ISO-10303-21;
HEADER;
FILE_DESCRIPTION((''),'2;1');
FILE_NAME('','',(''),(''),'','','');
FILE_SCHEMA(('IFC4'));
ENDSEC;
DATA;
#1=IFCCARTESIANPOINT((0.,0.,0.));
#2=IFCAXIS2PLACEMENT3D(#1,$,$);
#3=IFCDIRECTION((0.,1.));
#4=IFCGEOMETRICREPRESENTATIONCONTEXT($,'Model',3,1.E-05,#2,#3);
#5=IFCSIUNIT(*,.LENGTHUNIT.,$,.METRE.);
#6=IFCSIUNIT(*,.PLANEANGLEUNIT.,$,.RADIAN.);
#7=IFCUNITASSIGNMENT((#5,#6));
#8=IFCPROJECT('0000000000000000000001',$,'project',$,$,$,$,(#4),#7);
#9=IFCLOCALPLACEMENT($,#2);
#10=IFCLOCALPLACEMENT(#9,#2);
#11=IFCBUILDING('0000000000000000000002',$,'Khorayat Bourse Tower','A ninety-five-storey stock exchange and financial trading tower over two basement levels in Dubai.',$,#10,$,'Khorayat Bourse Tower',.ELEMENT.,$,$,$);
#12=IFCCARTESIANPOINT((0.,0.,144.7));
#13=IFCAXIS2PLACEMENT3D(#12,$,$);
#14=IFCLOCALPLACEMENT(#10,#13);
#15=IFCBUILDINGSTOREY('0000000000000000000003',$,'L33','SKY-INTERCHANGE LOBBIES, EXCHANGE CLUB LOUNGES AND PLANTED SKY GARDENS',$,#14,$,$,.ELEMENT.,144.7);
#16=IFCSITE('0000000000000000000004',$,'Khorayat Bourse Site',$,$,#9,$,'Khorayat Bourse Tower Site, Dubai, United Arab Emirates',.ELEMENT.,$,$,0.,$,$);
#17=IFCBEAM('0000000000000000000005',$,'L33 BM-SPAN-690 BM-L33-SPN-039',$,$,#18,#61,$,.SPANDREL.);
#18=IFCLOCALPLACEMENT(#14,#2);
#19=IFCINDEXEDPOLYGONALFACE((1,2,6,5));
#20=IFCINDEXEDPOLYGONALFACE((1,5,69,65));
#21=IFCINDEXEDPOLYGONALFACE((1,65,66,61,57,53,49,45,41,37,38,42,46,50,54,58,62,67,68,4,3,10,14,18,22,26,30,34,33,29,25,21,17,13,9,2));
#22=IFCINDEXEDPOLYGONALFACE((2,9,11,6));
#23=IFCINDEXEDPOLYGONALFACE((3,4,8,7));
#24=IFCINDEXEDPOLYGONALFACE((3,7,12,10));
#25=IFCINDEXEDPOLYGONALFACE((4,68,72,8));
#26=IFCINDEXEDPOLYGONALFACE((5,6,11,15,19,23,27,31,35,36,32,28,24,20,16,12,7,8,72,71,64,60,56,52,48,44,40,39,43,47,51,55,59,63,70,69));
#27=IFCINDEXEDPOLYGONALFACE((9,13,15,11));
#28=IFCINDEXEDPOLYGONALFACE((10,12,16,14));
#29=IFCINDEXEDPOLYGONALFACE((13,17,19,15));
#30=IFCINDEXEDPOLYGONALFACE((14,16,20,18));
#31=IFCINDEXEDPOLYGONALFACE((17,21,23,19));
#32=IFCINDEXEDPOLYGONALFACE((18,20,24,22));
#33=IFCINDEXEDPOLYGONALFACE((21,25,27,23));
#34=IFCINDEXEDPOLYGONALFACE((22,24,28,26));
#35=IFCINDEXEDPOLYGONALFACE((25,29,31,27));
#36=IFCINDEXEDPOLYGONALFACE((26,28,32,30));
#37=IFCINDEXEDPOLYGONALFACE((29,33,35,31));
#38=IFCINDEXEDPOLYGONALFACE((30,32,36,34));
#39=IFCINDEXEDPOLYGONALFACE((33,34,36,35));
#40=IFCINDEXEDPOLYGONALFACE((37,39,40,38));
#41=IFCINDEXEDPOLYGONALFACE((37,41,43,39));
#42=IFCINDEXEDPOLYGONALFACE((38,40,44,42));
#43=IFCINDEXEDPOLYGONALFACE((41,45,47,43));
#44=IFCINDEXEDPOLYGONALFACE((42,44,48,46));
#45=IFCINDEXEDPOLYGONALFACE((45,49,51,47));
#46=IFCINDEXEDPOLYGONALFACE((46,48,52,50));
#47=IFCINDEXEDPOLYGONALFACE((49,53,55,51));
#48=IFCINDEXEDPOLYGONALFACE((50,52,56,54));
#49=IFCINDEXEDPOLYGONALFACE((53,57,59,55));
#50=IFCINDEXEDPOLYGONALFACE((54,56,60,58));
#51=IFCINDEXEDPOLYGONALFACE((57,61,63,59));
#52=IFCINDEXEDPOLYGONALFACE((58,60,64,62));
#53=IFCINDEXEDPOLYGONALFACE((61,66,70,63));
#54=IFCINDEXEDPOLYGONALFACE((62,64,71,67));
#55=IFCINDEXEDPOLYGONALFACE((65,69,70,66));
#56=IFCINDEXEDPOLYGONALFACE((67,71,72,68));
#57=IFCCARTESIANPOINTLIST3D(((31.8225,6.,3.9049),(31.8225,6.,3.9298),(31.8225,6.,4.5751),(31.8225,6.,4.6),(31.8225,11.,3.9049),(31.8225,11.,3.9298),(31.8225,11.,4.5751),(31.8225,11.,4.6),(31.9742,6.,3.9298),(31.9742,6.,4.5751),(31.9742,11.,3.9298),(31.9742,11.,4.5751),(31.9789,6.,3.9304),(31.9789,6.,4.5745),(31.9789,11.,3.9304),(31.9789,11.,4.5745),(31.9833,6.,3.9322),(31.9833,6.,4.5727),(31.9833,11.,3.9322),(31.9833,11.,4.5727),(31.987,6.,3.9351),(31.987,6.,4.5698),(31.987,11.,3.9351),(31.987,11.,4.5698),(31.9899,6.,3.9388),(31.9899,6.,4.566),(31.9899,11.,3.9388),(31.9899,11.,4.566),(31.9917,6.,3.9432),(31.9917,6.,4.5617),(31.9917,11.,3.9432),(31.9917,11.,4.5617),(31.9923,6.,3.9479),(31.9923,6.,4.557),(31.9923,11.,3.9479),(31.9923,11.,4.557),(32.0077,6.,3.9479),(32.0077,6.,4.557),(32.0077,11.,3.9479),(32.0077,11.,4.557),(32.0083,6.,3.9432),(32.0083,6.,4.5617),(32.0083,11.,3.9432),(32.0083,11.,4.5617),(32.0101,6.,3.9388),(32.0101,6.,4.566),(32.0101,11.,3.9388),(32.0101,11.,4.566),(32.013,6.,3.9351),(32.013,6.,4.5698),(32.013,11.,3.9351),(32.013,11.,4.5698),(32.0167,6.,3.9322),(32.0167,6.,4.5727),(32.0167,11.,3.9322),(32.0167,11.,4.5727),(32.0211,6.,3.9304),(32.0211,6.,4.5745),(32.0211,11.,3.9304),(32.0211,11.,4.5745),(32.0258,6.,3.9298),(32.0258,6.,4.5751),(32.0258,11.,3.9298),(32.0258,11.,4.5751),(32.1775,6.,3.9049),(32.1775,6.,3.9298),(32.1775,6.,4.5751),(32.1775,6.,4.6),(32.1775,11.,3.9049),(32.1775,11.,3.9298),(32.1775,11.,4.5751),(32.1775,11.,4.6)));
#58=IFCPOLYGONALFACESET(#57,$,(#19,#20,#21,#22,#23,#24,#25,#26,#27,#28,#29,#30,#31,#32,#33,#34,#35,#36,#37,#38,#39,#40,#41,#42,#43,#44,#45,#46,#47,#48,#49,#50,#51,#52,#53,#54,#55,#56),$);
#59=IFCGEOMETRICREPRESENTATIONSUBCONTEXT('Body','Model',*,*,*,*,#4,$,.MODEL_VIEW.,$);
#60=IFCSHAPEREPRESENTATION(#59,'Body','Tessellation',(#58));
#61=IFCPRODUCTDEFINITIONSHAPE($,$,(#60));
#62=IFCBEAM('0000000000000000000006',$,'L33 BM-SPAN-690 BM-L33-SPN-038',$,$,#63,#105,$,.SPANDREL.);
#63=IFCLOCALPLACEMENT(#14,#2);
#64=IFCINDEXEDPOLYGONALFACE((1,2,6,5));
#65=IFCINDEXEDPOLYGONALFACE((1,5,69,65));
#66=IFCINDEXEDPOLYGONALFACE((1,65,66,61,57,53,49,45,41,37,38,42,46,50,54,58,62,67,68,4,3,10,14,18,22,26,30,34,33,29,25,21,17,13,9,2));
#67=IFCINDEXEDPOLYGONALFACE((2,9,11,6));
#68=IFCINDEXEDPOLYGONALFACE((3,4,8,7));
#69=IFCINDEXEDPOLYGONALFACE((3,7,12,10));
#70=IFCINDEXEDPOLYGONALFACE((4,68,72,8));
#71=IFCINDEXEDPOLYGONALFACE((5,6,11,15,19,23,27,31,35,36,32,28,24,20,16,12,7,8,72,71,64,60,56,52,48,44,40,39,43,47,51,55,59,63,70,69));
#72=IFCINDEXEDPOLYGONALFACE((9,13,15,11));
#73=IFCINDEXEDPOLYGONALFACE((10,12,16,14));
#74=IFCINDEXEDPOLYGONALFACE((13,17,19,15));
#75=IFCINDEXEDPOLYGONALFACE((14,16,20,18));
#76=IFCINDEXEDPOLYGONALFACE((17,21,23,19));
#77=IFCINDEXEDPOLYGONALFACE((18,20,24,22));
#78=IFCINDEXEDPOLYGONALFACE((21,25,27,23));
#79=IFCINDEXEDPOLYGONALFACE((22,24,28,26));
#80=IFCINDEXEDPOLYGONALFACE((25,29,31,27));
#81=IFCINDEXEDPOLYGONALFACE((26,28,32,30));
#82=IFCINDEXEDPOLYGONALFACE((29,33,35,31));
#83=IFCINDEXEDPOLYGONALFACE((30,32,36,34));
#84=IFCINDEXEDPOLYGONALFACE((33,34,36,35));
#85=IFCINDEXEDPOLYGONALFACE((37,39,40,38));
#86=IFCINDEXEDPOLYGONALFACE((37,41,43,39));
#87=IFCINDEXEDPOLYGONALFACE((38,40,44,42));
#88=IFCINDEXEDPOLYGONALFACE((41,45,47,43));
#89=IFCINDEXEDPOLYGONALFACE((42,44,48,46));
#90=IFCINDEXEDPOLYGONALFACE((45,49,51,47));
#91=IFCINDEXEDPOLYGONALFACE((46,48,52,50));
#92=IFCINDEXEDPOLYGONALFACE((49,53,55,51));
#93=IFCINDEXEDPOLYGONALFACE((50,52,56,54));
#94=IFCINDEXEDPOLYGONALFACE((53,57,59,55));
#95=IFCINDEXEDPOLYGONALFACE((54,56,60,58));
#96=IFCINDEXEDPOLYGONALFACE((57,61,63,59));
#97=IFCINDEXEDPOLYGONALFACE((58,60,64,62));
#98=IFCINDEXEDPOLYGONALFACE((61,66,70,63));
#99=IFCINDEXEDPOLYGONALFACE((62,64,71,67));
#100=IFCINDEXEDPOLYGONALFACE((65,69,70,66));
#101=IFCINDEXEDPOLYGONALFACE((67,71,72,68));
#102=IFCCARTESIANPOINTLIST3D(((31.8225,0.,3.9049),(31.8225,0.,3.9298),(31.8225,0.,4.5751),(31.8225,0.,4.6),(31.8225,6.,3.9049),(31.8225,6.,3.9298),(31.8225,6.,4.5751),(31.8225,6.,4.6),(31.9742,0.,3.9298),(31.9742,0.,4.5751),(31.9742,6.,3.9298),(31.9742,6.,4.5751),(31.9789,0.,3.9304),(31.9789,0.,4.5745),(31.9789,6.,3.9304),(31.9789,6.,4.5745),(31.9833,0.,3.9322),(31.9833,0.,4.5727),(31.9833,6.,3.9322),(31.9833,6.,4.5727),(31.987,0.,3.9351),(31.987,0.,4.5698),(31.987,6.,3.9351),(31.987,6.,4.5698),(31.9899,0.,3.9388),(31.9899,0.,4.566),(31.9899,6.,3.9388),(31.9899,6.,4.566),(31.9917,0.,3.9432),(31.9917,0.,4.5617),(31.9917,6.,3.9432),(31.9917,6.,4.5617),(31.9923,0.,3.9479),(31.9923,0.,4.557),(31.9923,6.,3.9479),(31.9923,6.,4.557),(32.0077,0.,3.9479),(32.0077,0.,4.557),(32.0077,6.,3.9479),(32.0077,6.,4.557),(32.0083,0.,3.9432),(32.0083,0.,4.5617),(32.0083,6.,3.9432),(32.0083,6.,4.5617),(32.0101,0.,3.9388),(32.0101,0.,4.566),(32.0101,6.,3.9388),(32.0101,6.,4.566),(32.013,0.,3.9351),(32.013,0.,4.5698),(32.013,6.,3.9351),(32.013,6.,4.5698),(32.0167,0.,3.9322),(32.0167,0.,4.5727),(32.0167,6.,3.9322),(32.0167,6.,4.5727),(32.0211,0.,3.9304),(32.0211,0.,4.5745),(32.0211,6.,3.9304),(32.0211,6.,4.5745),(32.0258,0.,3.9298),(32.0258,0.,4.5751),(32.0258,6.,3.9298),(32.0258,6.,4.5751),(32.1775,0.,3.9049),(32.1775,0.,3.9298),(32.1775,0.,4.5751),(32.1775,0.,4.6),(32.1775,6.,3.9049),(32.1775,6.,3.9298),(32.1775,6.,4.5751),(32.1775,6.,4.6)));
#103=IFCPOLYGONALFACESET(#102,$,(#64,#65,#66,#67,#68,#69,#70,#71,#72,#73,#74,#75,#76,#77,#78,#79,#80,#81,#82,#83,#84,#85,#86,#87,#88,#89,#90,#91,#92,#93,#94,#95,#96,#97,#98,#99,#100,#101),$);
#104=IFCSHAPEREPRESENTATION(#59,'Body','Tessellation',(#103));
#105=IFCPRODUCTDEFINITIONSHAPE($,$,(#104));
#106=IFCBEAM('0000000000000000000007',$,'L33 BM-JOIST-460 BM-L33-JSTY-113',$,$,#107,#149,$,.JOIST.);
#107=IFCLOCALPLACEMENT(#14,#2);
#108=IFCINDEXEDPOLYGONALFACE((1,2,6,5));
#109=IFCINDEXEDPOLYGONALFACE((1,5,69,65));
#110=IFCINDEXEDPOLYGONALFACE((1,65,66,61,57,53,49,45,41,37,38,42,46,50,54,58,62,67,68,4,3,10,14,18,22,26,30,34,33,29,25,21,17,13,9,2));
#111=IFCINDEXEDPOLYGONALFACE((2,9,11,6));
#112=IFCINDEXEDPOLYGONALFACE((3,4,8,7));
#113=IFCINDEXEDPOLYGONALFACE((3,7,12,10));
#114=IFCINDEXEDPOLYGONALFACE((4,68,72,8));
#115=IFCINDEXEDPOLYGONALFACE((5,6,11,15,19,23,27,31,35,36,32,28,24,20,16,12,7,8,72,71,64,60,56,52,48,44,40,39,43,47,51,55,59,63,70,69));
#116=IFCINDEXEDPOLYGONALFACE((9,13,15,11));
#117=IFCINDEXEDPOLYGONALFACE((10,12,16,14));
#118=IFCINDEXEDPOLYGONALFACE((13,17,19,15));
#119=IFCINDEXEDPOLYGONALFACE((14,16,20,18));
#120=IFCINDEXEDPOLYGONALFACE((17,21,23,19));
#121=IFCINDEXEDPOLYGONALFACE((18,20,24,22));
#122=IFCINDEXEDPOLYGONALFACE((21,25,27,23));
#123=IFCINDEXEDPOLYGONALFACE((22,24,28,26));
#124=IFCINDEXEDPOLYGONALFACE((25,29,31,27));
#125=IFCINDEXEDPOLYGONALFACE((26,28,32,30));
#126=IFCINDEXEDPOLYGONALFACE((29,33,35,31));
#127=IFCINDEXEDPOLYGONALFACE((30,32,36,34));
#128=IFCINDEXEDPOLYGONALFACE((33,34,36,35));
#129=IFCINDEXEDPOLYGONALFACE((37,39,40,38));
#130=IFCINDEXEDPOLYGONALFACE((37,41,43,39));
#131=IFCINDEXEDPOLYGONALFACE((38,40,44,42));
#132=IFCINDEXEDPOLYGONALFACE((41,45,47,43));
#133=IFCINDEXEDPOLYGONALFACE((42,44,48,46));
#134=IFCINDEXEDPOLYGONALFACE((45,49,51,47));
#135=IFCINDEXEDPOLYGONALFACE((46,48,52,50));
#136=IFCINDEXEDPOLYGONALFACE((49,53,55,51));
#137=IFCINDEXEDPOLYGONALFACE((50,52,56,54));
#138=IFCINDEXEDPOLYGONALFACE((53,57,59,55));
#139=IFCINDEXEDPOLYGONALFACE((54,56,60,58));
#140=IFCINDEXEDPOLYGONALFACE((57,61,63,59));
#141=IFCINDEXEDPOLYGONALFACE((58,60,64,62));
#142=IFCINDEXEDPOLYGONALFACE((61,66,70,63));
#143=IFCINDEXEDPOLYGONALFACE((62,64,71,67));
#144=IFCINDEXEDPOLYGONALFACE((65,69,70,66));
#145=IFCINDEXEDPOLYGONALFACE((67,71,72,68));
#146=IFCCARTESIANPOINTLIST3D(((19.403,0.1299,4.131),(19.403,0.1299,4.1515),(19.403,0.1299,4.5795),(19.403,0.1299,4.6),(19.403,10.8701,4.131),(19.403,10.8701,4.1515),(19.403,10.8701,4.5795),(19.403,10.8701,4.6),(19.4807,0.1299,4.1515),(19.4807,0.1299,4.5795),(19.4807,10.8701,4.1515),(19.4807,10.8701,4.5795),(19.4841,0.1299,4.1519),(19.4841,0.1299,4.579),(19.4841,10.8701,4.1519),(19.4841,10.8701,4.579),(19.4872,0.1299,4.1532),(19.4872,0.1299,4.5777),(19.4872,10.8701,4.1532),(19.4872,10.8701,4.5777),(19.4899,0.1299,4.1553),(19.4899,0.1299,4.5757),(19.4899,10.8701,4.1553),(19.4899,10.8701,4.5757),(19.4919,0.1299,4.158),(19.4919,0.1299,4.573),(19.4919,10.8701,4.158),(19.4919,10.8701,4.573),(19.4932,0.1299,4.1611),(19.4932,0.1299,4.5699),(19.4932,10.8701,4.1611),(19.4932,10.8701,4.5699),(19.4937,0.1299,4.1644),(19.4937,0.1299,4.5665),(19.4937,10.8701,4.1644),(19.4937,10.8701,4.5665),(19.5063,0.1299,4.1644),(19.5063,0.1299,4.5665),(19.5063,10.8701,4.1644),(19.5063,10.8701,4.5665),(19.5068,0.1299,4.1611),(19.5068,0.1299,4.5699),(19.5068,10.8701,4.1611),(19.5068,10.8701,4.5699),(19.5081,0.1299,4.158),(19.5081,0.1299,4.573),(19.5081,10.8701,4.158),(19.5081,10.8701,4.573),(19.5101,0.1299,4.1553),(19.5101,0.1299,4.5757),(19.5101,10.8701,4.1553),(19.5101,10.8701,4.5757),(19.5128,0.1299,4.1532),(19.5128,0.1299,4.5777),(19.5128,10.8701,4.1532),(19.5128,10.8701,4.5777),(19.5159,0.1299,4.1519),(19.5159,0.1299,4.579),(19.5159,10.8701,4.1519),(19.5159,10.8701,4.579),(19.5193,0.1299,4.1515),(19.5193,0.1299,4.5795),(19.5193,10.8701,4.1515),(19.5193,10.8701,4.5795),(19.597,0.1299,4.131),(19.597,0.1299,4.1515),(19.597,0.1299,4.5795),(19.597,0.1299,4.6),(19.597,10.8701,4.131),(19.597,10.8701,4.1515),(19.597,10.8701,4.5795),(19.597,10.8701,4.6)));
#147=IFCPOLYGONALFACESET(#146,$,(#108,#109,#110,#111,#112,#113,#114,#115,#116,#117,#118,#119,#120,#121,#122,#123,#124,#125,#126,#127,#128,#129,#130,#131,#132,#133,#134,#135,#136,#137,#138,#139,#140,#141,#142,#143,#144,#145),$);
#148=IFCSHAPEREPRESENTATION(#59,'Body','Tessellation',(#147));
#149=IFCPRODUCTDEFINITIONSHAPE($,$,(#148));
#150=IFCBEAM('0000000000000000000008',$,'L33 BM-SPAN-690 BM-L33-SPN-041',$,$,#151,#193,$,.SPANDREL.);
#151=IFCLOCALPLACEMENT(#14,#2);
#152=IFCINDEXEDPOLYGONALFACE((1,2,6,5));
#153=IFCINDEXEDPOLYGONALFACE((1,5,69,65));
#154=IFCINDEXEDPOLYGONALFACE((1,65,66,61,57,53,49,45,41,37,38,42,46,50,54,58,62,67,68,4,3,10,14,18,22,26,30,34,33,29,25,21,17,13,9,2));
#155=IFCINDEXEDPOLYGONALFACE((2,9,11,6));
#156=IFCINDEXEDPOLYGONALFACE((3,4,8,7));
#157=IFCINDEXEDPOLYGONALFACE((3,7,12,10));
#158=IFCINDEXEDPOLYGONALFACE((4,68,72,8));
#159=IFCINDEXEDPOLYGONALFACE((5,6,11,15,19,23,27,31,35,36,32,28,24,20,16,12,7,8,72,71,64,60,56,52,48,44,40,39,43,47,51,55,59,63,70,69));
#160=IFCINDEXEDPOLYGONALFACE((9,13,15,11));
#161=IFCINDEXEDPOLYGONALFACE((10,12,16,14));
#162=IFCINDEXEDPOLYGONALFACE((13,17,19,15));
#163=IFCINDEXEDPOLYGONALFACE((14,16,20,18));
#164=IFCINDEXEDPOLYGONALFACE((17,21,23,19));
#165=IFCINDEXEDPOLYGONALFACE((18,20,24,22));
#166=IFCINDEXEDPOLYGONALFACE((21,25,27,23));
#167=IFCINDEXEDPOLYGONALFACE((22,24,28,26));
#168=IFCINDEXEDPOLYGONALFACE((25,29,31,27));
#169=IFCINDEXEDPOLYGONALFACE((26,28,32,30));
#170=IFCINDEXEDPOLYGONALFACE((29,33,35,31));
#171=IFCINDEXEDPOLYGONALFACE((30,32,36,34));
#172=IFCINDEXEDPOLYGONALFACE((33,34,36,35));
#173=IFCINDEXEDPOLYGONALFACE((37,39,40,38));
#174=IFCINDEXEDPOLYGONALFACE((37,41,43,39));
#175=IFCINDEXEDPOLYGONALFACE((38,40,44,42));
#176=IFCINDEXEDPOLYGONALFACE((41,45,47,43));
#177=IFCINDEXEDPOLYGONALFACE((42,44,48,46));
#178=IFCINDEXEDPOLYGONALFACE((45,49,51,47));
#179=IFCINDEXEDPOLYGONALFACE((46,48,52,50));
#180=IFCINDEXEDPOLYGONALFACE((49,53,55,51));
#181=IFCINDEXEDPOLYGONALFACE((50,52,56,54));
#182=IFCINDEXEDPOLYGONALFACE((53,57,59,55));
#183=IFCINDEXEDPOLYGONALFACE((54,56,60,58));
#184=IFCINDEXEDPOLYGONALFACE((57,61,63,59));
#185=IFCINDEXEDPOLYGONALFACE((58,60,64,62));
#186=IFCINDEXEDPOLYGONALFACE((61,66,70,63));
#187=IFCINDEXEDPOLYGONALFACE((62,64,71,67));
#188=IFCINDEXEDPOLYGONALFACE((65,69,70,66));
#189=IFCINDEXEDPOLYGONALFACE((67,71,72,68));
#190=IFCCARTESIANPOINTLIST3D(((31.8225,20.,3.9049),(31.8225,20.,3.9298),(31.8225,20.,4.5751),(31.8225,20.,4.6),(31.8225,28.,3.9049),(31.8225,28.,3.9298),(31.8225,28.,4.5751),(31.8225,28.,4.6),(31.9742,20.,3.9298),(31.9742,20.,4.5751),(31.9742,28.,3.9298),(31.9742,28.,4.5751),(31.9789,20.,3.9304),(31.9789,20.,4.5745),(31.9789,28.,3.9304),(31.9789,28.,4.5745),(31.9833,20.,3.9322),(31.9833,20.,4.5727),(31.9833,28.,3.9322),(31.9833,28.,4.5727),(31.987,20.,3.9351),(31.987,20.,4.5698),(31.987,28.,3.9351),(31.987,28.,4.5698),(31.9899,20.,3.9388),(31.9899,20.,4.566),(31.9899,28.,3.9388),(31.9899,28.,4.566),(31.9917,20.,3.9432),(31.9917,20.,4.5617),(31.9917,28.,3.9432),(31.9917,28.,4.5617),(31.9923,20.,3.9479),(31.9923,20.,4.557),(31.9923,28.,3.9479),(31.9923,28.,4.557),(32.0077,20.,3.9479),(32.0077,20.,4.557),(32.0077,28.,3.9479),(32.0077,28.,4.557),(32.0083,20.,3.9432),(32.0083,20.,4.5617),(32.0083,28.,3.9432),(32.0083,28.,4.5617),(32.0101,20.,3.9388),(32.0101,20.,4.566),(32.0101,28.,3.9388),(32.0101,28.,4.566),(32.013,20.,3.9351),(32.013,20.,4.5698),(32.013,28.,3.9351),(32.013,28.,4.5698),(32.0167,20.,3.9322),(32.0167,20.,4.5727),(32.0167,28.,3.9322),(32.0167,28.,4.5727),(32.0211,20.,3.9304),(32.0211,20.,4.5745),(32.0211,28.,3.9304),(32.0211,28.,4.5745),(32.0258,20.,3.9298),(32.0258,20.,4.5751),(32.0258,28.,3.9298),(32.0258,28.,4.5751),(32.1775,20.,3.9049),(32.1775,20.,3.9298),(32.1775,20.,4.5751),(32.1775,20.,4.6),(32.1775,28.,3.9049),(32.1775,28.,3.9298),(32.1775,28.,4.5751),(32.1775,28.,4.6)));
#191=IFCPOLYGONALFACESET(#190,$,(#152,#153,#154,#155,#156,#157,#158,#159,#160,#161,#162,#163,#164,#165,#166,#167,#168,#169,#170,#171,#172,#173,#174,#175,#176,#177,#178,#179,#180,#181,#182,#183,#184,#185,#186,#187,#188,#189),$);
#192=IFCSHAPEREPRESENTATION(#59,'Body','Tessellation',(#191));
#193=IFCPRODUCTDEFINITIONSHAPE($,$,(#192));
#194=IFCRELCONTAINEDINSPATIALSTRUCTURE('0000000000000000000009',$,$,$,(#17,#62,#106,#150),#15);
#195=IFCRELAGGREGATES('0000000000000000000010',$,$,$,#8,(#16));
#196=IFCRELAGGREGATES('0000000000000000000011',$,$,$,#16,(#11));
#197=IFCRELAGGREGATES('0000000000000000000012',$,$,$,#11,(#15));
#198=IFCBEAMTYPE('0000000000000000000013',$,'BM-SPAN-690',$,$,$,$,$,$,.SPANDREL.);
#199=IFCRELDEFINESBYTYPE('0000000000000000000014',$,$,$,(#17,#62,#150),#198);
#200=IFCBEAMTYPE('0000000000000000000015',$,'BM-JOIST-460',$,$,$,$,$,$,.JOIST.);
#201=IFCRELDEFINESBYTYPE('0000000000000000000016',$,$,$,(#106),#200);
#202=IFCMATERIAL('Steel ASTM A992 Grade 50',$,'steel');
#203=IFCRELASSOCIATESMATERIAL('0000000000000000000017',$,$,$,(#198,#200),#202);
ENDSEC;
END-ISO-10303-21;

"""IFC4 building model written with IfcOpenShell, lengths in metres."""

from ifc_helpers import new_model, si_unit, direction, frame, origin, origin_2d, place, context, subcontext, project, spatial, i_section, extrude, source, transform, mapped, material, material_profile, profile_set, type_object, element, save


model = new_model("IFC4")

# Units and contexts
model_context = context("Model", 3, precision=1e-05, world=origin(), true_north=direction((0.0, 1.0)))
body_context = subcontext(model_context, "Body", "Model", "MODEL_VIEW")
ifc_project = project(units=[si_unit("LENGTHUNIT", "METRE"), si_unit("PLANEANGLEUNIT", "RADIAN")], contexts=[model_context])

# Site, building, storey
site_placement = place(None, origin())
site = spatial("IfcSite", under=ifc_project, at=site_placement, Name="Khorayat Bourse Site", LongName="Khorayat Bourse Tower Site, Dubai, United Arab Emirates", CompositionType="ELEMENT", RefElevation=0.0)
building_placement = place(site_placement, origin())
building = spatial("IfcBuilding", under=site, at=building_placement, Name="Khorayat Bourse Tower", Description="A ninety-five-storey stock exchange and financial trading tower over two basement levels in Dubai.", LongName="Khorayat Bourse Tower", CompositionType="ELEMENT")
storey_placement = place(building_placement, frame((0.0, 0.0, 144.7)))
storey = spatial("IfcBuildingStorey", under=building, at=storey_placement, Name="L33", Description="SKY-INTERCHANGE LOBBIES, EXCHANGE CLUB LOUNGES AND PLANTED SKY GARDENS", CompositionType="ELEMENT", Elevation=144.7)

# Beams
ifc_material_1 = material(Name="Steel ASTM A992 Grade 50", Category="steel")
ifc_material_profile_1 = material_profile(ifc_material_1, i_section(OverallWidth=0.355, OverallDepth=0.6951, WebThickness=0.0154, FlangeThickness=0.0249, FilletRadius=0.0181, at=origin_2d()), Name="W690X217")
ifc_profile_set_1 = profile_set([ifc_material_profile_1], Name="Steel ASTM A992 Grade 50")
beam_type_1 = type_object("IfcBeamType", Name="BM-SPAN-690", PredefinedType="SPANDREL", material=ifc_profile_set_1)
shared_shape_1 = source(origin(), body_context, "Body", "SweptSolid", [
    extrude(i_section(OverallWidth=0.355, OverallDepth=0.6951, WebThickness=0.0154, FlangeThickness=0.0249, FilletRadius=0.0181, at=origin_2d()), origin(), (0.0, 0.0, 1.0), 5.0),
])
beam_1_placement = place(storey_placement, frame((32.0, 6.0, 4.2524), z_axis=(0.0, 1.0, 0.0), x_axis=(-1.0, 0.0, 0.0)))
element("IfcBeam", 1, at=beam_1_placement, inside=storey, type_object=beam_type_1, Name="L33 BM-SPAN-690 BM-L33-SPN-039", PredefinedType="SPANDREL", context=body_context, shape_type="MappedRepresentation", body=[
    mapped(shared_shape_1, transform((0.0, 0.0, 0.0), scale=1.0)),
])
shared_shape_2 = source(origin(), body_context, "Body", "SweptSolid", [
    extrude(i_section(OverallWidth=0.355, OverallDepth=0.6951, WebThickness=0.0154, FlangeThickness=0.0249, FilletRadius=0.0181, at=origin_2d()), origin(), (0.0, 0.0, 1.0), 6.0),
])
beam_2_placement = place(storey_placement, frame((32.0, 0.0, 4.2524), z_axis=(0.0, 1.0, 0.0), x_axis=(-1.0, 0.0, 0.0)))
element("IfcBeam", 2, at=beam_2_placement, inside=storey, type_object=beam_type_1, Name="L33 BM-SPAN-690 BM-L33-SPN-038", PredefinedType="SPANDREL", context=body_context, shape_type="MappedRepresentation", body=[
    mapped(shared_shape_2, transform((0.0, 0.0, 0.0), scale=1.0)),
])
ifc_material_profile_2 = material_profile(ifc_material_1, i_section(OverallWidth=0.1941, OverallDepth=0.469, WebThickness=0.0127, FlangeThickness=0.0205, FilletRadius=0.0129, at=origin_2d()), Name="W460X106")
ifc_profile_set_2 = profile_set([ifc_material_profile_2], Name="Steel ASTM A992 Grade 50")
beam_type_2 = type_object("IfcBeamType", Name="BM-JOIST-460", PredefinedType="JOIST", material=ifc_profile_set_2)
shared_shape_3 = source(origin(), body_context, "Body", "SweptSolid", [
    extrude(i_section(OverallWidth=0.1941, OverallDepth=0.469, WebThickness=0.0127, FlangeThickness=0.0205, FilletRadius=0.0129, at=origin_2d()), origin(), (0.0, 0.0, 1.0), 10.7402),
])
beam_3_placement = place(storey_placement, frame((19.5, 0.1299, 4.3655), z_axis=(0.0, 1.0, 0.0), x_axis=(-1.0, 0.0, 0.0)))
element("IfcBeam", 3, at=beam_3_placement, inside=storey, type_object=beam_type_2, Name="L33 BM-JOIST-460 BM-L33-JSTY-113", PredefinedType="JOIST", context=body_context, shape_type="MappedRepresentation", body=[
    mapped(shared_shape_3, transform((0.0, 0.0, 0.0), scale=1.0)),
])
shared_shape_4 = source(origin(), body_context, "Body", "SweptSolid", [
    extrude(i_section(OverallWidth=0.355, OverallDepth=0.6951, WebThickness=0.0154, FlangeThickness=0.0249, FilletRadius=0.0181, at=origin_2d()), origin(), (0.0, 0.0, 1.0), 8.0),
])
beam_4_placement = place(storey_placement, frame((32.0, 20.0, 4.2524), z_axis=(0.0, 1.0, 0.0), x_axis=(-1.0, 0.0, 0.0)))
element("IfcBeam", 4, at=beam_4_placement, inside=storey, type_object=beam_type_1, Name="L33 BM-SPAN-690 BM-L33-SPN-041", PredefinedType="SPANDREL", context=body_context, shape_type="MappedRepresentation", body=[
    mapped(shared_shape_4, transform((0.0, 0.0, 0.0), scale=1.0)),
])

save(model, "model.ifc")
